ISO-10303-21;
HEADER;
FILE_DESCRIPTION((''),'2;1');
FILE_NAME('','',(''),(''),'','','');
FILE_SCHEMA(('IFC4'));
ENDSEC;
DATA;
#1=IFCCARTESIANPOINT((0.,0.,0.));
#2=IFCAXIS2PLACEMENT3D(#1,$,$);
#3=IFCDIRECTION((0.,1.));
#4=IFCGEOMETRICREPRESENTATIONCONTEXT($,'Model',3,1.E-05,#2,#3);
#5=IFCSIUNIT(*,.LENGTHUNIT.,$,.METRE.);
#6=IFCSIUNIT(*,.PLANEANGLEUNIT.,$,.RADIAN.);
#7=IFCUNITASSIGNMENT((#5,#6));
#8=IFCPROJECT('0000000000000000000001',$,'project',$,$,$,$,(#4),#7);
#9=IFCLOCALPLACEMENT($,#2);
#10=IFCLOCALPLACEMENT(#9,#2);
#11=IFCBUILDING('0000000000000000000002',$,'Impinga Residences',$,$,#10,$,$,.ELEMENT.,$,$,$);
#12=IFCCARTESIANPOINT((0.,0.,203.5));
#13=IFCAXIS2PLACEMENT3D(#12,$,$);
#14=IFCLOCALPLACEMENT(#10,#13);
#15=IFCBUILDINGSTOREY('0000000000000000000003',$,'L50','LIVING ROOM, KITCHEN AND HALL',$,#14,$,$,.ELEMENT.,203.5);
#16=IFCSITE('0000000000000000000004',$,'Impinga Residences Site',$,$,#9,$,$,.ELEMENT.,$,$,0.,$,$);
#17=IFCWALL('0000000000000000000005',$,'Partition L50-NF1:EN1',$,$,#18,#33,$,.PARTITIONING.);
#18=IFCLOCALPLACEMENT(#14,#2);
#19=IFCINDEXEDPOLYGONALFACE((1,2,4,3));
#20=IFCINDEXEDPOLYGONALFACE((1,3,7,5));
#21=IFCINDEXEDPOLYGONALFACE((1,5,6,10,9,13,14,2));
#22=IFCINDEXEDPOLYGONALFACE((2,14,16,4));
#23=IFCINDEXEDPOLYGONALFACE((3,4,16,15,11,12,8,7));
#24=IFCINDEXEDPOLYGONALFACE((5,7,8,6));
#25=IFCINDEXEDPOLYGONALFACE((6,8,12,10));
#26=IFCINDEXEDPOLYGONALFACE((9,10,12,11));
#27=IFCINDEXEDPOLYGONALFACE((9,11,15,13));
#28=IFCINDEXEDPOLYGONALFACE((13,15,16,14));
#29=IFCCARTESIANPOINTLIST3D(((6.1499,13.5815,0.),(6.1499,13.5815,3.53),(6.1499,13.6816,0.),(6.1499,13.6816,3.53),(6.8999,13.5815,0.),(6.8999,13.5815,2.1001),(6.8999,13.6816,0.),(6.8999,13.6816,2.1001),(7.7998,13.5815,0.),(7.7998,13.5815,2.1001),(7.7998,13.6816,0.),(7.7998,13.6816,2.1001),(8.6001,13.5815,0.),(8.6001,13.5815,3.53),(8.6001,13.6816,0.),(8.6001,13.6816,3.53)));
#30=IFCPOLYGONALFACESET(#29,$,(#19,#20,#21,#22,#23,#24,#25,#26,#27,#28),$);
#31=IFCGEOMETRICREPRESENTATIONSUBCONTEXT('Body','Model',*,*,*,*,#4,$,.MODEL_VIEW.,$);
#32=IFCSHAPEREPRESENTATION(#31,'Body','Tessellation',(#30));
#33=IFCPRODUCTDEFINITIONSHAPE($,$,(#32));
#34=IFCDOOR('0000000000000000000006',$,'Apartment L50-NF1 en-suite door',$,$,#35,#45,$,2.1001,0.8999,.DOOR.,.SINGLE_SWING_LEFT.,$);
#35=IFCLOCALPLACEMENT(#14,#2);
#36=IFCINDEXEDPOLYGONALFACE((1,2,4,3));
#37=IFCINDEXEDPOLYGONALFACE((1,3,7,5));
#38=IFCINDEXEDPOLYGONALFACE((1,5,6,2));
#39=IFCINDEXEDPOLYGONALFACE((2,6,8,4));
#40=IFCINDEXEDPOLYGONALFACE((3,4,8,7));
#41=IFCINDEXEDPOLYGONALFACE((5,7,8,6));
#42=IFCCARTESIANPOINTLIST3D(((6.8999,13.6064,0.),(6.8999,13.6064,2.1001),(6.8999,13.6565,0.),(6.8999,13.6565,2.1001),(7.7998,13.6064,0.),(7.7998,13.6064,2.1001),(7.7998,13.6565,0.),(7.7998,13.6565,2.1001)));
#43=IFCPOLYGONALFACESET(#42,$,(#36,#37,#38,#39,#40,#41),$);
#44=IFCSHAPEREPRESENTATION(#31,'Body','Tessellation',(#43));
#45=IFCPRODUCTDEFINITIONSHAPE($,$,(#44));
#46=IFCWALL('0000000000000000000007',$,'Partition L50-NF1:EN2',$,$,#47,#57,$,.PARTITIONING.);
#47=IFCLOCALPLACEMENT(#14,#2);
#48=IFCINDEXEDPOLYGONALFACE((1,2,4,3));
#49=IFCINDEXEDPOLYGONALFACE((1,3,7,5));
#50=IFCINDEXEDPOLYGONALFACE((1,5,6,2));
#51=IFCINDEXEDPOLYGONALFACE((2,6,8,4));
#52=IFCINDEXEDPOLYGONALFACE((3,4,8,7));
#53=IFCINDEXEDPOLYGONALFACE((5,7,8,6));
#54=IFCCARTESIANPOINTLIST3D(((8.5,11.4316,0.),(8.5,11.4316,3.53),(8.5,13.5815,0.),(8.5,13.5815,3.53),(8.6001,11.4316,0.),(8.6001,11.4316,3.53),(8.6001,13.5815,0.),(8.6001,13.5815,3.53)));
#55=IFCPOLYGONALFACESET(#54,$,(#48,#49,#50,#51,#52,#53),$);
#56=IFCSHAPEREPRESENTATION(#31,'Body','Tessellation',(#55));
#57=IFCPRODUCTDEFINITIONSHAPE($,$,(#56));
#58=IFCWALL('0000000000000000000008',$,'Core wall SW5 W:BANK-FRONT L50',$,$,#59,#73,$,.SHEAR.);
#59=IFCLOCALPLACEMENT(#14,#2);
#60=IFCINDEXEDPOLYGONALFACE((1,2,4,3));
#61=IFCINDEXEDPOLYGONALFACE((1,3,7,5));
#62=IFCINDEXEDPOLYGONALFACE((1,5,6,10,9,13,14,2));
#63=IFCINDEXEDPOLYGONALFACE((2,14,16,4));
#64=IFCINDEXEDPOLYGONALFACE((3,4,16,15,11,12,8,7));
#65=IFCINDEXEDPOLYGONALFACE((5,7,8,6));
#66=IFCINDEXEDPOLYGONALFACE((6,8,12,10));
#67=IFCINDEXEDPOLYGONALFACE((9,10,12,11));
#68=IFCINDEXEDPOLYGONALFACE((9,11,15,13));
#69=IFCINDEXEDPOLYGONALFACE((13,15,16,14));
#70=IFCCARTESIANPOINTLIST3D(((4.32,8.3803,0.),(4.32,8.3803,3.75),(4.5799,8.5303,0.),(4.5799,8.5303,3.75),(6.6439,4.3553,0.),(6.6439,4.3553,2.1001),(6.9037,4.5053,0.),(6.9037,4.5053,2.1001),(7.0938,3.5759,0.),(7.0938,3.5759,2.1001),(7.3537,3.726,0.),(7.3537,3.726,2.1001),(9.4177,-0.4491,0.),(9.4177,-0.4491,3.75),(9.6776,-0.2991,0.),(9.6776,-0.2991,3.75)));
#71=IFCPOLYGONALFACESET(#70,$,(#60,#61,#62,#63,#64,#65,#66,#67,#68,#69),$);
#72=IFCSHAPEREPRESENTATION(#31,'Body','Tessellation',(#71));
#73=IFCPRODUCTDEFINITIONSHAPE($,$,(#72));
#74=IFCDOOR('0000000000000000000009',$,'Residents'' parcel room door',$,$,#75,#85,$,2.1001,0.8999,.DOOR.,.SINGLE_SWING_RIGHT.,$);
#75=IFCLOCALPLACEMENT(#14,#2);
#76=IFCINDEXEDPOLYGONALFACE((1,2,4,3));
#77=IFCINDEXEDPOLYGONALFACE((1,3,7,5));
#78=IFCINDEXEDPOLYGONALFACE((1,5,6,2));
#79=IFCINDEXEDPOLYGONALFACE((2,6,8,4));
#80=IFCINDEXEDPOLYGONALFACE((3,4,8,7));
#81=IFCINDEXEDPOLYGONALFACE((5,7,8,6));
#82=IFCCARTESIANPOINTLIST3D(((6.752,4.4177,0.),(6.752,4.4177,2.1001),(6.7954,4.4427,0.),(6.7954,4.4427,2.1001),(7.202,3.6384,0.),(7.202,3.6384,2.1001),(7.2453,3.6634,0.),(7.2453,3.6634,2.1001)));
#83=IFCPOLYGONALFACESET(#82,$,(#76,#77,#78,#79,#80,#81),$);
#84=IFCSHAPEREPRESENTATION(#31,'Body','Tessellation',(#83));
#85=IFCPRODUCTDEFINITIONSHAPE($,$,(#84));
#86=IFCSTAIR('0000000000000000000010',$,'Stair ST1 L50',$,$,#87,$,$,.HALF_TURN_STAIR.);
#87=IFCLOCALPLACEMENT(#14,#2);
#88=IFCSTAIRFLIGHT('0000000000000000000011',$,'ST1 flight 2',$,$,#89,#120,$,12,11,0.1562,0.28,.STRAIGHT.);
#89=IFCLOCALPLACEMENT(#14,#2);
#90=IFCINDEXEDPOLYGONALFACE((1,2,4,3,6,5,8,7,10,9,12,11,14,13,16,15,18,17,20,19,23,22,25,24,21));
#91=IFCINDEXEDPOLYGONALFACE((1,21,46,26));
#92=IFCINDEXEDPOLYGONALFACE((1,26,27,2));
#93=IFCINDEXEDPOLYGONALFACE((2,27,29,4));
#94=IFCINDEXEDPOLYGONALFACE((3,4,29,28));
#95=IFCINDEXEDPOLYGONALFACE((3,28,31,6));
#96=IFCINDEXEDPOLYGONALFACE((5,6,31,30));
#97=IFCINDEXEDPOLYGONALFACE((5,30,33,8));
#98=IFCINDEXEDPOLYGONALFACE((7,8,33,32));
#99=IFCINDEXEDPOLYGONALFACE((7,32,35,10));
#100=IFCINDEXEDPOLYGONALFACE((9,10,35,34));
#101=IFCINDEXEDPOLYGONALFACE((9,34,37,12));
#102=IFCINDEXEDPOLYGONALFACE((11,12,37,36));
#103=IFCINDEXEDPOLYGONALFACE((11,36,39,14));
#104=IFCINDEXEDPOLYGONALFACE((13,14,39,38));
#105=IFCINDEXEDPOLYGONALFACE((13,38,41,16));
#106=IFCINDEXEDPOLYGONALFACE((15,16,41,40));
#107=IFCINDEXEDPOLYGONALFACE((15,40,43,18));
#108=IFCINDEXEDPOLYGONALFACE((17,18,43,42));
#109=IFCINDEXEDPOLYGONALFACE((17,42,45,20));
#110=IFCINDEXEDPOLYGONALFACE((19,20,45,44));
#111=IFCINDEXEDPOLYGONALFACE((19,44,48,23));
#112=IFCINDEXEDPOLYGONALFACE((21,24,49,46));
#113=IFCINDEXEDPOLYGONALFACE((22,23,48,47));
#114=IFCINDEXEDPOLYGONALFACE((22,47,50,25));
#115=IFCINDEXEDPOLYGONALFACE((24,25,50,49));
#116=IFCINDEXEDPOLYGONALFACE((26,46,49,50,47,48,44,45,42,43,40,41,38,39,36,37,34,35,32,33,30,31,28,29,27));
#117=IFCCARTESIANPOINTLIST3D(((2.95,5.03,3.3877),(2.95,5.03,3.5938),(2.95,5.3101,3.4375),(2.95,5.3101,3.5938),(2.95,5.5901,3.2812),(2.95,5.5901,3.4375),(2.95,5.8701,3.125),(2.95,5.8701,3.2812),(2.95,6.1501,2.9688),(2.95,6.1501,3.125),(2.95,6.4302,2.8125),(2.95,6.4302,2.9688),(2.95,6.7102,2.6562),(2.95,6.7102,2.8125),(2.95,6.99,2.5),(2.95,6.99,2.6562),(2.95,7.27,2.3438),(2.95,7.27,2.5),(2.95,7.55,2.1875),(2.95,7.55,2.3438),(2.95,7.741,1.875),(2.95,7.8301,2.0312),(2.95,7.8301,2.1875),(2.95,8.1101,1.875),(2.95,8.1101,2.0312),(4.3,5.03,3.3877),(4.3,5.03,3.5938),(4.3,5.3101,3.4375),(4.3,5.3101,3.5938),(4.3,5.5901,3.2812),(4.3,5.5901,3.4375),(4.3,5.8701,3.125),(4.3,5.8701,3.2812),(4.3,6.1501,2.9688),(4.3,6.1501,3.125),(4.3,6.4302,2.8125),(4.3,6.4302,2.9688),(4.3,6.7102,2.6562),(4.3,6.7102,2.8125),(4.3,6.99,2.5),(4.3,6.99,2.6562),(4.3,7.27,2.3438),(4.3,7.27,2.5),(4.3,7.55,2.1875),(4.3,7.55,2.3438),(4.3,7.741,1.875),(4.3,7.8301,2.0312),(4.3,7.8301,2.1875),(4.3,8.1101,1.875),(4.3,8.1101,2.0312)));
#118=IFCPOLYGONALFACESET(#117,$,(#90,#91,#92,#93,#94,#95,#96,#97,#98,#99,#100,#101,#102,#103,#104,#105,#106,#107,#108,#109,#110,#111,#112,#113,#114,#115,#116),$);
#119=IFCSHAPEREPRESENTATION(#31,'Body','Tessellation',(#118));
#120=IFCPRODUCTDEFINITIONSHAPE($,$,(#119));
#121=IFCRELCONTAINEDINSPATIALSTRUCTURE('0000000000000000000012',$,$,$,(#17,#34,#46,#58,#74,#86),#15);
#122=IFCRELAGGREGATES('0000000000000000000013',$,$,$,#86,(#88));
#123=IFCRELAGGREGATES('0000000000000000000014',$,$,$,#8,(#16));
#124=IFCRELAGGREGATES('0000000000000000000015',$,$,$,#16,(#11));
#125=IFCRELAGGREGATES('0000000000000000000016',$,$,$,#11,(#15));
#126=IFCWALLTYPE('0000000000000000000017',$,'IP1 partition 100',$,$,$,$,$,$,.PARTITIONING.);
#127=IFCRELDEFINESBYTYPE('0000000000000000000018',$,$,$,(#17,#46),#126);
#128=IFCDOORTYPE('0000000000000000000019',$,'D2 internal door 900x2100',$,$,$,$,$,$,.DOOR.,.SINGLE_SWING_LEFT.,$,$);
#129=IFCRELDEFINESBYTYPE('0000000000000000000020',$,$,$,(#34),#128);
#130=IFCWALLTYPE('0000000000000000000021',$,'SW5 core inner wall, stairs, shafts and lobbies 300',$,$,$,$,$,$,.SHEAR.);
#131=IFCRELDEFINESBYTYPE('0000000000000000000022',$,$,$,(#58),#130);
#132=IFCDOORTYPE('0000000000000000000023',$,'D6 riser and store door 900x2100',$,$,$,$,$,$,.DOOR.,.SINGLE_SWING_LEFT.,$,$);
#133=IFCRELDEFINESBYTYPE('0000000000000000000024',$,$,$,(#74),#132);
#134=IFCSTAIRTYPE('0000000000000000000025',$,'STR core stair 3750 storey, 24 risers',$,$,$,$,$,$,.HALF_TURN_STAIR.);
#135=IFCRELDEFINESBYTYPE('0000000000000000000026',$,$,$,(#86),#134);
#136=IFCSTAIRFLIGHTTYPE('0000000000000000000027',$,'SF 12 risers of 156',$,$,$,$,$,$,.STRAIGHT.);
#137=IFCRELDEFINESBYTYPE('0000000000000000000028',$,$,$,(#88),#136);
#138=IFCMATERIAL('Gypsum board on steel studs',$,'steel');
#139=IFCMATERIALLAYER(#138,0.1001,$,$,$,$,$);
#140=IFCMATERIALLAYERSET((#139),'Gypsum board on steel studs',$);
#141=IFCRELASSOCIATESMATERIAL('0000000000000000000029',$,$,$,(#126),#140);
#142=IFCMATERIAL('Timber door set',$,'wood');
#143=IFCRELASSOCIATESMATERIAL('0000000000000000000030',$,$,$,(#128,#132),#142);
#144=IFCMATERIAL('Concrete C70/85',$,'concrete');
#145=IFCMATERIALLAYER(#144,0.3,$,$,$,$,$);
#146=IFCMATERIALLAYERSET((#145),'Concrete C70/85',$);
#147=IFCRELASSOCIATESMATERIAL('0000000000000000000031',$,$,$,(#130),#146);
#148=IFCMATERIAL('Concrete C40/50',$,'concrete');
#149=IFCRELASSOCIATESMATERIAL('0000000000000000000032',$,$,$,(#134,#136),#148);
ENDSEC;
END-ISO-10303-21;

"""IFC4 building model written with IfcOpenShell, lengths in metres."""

from ifc_helpers import new_model, si_unit, direction, frame, frame_2d, origin, place, context, subcontext, project, spatial, polyline, rectangle, outline, extrude, material, layer, layer_set, type_object, element, fill, aggregate, save


model = new_model("IFC4")

# Units and contexts
model_context = context("Model", 3, precision=1e-05, world=origin(), true_north=direction((0.0, 1.0)))
body_context = subcontext(model_context, "Body", "Model", "MODEL_VIEW")
ifc_project = project(units=[si_unit("LENGTHUNIT", "METRE"), si_unit("PLANEANGLEUNIT", "RADIAN")], contexts=[model_context])

# Site, building, storey
site_placement = place(None, origin())
site = spatial("IfcSite", under=ifc_project, at=site_placement, Name="Impinga Residences Site", CompositionType="ELEMENT", RefElevation=0.0)
building_placement = place(site_placement, origin())
building = spatial("IfcBuilding", under=site, at=building_placement, Name="Impinga Residences", CompositionType="ELEMENT")
storey_placement = place(building_placement, frame((0.0, 0.0, 203.5)))
storey = spatial("IfcBuildingStorey", under=building, at=storey_placement, Name="L50", Description="LIVING ROOM, KITCHEN AND HALL", CompositionType="ELEMENT", Elevation=203.5)

# Shared definitions
ifc_material_1 = material(Name="Timber door set", Category="wood")

# Shared definitions
ifc_material_2 = material(Name="Gypsum board on steel studs", Category="steel")
ifc_layer_1 = layer(ifc_material_2, 0.1001)
ifc_layer_set_1 = layer_set([ifc_layer_1], Name="Gypsum board on steel studs")
wall_type_1 = type_object("IfcWallType", Name="IP1 partition 100", PredefinedType="PARTITIONING", material=ifc_layer_set_1)

# Shared definitions
door_type_1 = type_object("IfcDoorType", Name="D2 internal door 900x2100", OperationType="SINGLE_SWING_LEFT", PredefinedType="DOOR", material=ifc_material_1)

# Wall, opening, door
wall_1_placement = place(storey_placement, frame((6.1499, 13.6316, 0.0), z_axis=(0.0, 0.0, 1.0), x_axis=(1.0, 0.0, 0.0)))
wall_1 = element("IfcWall", 1, at=wall_1_placement, inside=storey, type_object=wall_type_1, Name="Partition L50-NF1:EN1", PredefinedType="PARTITIONING", context=body_context, shape_type="SweptSolid", body=[
    extrude(rectangle(XDim=2.4502, YDim=0.1001, at=frame_2d((1.2251, 0.0))), origin(), (0.0, 0.0, 1.0), 3.53),
])
opening_1_placement = place(wall_1_placement, frame((0.75, 0.0, 0.0)))
opening_1 = element("IfcOpeningElement", 2, at=opening_1_placement, cuts=wall_1, PredefinedType="OPENING", context=body_context, shape_type="SweptSolid", body=[
    extrude(rectangle(XDim=0.8999, YDim=2.1001, at=frame_2d((0.45, 1.05))), frame((0.0, 0.0601, 0.0), z_axis=(0.0, -1.0, 0.0), x_axis=(1.0, 0.0, 0.0)), (0.0, 0.0, 1.0), 0.1201),
])
door_1_placement = place(opening_1_placement, origin())
door_1 = element("IfcDoor", 3, at=door_1_placement, inside=storey, type_object=door_type_1, Name="Apartment L50-NF1 en-suite door", OperationType="SINGLE_SWING_LEFT", OverallHeight=2.1001, OverallWidth=0.8999, PredefinedType="DOOR", context=body_context, shape_type="SweptSolid", body=[
    extrude(rectangle(XDim=0.8999, YDim=2.1001, at=frame_2d((0.45, 1.05))), frame((0.0, 0.0249, 0.0), z_axis=(0.0, -1.0, 0.0), x_axis=(1.0, 0.0, 0.0)), (0.0, 0.0, 1.0), 0.05),
])
fill(opening_1, door_1)

# Wall
wall_2_placement = place(storey_placement, frame((8.55, 11.4316, 0.0), z_axis=(0.0, 0.0, 1.0), x_axis=(0.0, 1.0, 0.0)))
element("IfcWall", 4, at=wall_2_placement, inside=storey, type_object=wall_type_1, Name="Partition L50-NF1:EN2", PredefinedType="PARTITIONING", context=body_context, shape_type="SweptSolid", body=[
    extrude(rectangle(XDim=2.1499, YDim=0.1001, at=frame_2d((1.075, 0.0))), origin(), (0.0, 0.0, 1.0), 3.53),
])

# Wall, opening, door
ifc_material_3 = material(Name="Concrete C70/85", Category="concrete")
ifc_layer_2 = layer(ifc_material_3, 0.3)
ifc_layer_set_2 = layer_set([ifc_layer_2], Name="Concrete C70/85")
wall_type_2 = type_object("IfcWallType", Name="SW5 core inner wall, stairs, shafts and lobbies 300", PredefinedType="SHEAR", material=ifc_layer_set_2)
wall_3_placement = place(storey_placement, frame((4.45, 8.4553, 0.0), z_axis=(0.0, 0.0, 1.0), x_axis=(0.500002, -0.866024, 0.0)))
wall_3 = element("IfcWall", 5, at=wall_3_placement, inside=storey, type_object=wall_type_2, Name="Core wall SW5 W:BANK-FRONT L50", PredefinedType="SHEAR", context=body_context, shape_type="SweptSolid", body=[
    extrude(rectangle(XDim=10.1953, YDim=0.3, at=frame_2d((5.0977, 0.0))), origin(), (0.0, 0.0, 1.0), 3.75),
])
opening_2_placement = place(wall_3_placement, frame((4.6477, 0.0, 0.0)))
opening_2 = element("IfcOpeningElement", 6, at=opening_2_placement, cuts=wall_3, PredefinedType="OPENING", context=body_context, shape_type="SweptSolid", body=[
    extrude(rectangle(XDim=0.8999, YDim=2.1001, at=frame_2d((0.45, 1.05))), frame((0.0, 0.1599, 0.0), z_axis=(0.0, -1.0, 0.0), x_axis=(1.0, 0.0, 0.0)), (0.0, 0.0, 1.0), 0.3201),
])
door_type_2 = type_object("IfcDoorType", Name="D6 riser and store door 900x2100", OperationType="SINGLE_SWING_LEFT", PredefinedType="DOOR", material=ifc_material_1)
door_2_placement = place(opening_2_placement, origin())
door_2 = element("IfcDoor", 7, at=door_2_placement, inside=storey, type_object=door_type_2, Name="Residents' parcel room door", OperationType="SINGLE_SWING_RIGHT", OverallHeight=2.1001, OverallWidth=0.8999, PredefinedType="DOOR", context=body_context, shape_type="SweptSolid", body=[
    extrude(rectangle(XDim=0.8999, YDim=2.1001, at=frame_2d((0.45, 1.05))), frame((0.0, 0.0249, 0.0), z_axis=(0.0, -1.0, 0.0), x_axis=(1.0, 0.0, 0.0)), (0.0, 0.0, 1.0), 0.05),
])
fill(opening_2, door_2)

# Stair, stair flight
ifc_material_4 = material(Name="Concrete C40/50", Category="concrete")
stair_type = type_object("IfcStairType", Name="STR core stair 3750 storey, 24 risers", PredefinedType="HALF_TURN_STAIR", material=ifc_material_4)
stair_placement = place(storey_placement, origin())
stair = element("IfcStair", 8, at=stair_placement, inside=storey, type_object=stair_type, Name="Stair ST1 L50", PredefinedType="HALF_TURN_STAIR")
stair_flight_type = type_object("IfcStairFlightType", Name="SF 12 risers of 156", PredefinedType="STRAIGHT", material=ifc_material_4)
stair_flight_placement = place(storey_placement, frame((3.625, 8.1101, 1.875), z_axis=(0.0, 0.0, 1.0), x_axis=(0.0, -1.0, 0.0)))
stair_flight = element("IfcStairFlight", 9, at=stair_flight_placement, type_object=stair_flight_type, Name="ST1 flight 2", NumberOfRisers=12, NumberOfTreads=11, PredefinedType="STRAIGHT", RiserHeight=0.1562, TreadLength=0.28, context=body_context, shape_type="SweptSolid", body=[
    extrude(outline(polyline([(0.0, 0.0), (0.0, 0.1562), (0.28, 0.1562), (0.28, 0.3125), (0.5601, 0.3125), (0.5601, 0.4688), (0.8401, 0.4688), (0.8401, 0.625), (1.1201, 0.625), (1.1201, 0.7812), (1.3999, 0.7812), (1.3999, 0.9375), (1.6799, 0.9375), (1.6799, 1.0938), (1.96, 1.0938), (1.96, 1.25), (2.24, 1.25), (2.24, 1.4062), (2.52, 1.4062), (2.52, 1.5625), (2.8, 1.5625), (2.8, 1.7188), (3.0801, 1.7188), (3.0801, 1.875), (3.0801, 1.5127), (0.3691, 0.0), (0.0, 0.0)])), frame((0.0, 0.675, 0.0), z_axis=(0.0, -1.0, 0.0), x_axis=(1.0, 0.0, 0.0)), (0.0, 0.0, 1.0), 1.3501),
])
aggregate(stair, [stair_flight])

save(model, "model.ifc")
